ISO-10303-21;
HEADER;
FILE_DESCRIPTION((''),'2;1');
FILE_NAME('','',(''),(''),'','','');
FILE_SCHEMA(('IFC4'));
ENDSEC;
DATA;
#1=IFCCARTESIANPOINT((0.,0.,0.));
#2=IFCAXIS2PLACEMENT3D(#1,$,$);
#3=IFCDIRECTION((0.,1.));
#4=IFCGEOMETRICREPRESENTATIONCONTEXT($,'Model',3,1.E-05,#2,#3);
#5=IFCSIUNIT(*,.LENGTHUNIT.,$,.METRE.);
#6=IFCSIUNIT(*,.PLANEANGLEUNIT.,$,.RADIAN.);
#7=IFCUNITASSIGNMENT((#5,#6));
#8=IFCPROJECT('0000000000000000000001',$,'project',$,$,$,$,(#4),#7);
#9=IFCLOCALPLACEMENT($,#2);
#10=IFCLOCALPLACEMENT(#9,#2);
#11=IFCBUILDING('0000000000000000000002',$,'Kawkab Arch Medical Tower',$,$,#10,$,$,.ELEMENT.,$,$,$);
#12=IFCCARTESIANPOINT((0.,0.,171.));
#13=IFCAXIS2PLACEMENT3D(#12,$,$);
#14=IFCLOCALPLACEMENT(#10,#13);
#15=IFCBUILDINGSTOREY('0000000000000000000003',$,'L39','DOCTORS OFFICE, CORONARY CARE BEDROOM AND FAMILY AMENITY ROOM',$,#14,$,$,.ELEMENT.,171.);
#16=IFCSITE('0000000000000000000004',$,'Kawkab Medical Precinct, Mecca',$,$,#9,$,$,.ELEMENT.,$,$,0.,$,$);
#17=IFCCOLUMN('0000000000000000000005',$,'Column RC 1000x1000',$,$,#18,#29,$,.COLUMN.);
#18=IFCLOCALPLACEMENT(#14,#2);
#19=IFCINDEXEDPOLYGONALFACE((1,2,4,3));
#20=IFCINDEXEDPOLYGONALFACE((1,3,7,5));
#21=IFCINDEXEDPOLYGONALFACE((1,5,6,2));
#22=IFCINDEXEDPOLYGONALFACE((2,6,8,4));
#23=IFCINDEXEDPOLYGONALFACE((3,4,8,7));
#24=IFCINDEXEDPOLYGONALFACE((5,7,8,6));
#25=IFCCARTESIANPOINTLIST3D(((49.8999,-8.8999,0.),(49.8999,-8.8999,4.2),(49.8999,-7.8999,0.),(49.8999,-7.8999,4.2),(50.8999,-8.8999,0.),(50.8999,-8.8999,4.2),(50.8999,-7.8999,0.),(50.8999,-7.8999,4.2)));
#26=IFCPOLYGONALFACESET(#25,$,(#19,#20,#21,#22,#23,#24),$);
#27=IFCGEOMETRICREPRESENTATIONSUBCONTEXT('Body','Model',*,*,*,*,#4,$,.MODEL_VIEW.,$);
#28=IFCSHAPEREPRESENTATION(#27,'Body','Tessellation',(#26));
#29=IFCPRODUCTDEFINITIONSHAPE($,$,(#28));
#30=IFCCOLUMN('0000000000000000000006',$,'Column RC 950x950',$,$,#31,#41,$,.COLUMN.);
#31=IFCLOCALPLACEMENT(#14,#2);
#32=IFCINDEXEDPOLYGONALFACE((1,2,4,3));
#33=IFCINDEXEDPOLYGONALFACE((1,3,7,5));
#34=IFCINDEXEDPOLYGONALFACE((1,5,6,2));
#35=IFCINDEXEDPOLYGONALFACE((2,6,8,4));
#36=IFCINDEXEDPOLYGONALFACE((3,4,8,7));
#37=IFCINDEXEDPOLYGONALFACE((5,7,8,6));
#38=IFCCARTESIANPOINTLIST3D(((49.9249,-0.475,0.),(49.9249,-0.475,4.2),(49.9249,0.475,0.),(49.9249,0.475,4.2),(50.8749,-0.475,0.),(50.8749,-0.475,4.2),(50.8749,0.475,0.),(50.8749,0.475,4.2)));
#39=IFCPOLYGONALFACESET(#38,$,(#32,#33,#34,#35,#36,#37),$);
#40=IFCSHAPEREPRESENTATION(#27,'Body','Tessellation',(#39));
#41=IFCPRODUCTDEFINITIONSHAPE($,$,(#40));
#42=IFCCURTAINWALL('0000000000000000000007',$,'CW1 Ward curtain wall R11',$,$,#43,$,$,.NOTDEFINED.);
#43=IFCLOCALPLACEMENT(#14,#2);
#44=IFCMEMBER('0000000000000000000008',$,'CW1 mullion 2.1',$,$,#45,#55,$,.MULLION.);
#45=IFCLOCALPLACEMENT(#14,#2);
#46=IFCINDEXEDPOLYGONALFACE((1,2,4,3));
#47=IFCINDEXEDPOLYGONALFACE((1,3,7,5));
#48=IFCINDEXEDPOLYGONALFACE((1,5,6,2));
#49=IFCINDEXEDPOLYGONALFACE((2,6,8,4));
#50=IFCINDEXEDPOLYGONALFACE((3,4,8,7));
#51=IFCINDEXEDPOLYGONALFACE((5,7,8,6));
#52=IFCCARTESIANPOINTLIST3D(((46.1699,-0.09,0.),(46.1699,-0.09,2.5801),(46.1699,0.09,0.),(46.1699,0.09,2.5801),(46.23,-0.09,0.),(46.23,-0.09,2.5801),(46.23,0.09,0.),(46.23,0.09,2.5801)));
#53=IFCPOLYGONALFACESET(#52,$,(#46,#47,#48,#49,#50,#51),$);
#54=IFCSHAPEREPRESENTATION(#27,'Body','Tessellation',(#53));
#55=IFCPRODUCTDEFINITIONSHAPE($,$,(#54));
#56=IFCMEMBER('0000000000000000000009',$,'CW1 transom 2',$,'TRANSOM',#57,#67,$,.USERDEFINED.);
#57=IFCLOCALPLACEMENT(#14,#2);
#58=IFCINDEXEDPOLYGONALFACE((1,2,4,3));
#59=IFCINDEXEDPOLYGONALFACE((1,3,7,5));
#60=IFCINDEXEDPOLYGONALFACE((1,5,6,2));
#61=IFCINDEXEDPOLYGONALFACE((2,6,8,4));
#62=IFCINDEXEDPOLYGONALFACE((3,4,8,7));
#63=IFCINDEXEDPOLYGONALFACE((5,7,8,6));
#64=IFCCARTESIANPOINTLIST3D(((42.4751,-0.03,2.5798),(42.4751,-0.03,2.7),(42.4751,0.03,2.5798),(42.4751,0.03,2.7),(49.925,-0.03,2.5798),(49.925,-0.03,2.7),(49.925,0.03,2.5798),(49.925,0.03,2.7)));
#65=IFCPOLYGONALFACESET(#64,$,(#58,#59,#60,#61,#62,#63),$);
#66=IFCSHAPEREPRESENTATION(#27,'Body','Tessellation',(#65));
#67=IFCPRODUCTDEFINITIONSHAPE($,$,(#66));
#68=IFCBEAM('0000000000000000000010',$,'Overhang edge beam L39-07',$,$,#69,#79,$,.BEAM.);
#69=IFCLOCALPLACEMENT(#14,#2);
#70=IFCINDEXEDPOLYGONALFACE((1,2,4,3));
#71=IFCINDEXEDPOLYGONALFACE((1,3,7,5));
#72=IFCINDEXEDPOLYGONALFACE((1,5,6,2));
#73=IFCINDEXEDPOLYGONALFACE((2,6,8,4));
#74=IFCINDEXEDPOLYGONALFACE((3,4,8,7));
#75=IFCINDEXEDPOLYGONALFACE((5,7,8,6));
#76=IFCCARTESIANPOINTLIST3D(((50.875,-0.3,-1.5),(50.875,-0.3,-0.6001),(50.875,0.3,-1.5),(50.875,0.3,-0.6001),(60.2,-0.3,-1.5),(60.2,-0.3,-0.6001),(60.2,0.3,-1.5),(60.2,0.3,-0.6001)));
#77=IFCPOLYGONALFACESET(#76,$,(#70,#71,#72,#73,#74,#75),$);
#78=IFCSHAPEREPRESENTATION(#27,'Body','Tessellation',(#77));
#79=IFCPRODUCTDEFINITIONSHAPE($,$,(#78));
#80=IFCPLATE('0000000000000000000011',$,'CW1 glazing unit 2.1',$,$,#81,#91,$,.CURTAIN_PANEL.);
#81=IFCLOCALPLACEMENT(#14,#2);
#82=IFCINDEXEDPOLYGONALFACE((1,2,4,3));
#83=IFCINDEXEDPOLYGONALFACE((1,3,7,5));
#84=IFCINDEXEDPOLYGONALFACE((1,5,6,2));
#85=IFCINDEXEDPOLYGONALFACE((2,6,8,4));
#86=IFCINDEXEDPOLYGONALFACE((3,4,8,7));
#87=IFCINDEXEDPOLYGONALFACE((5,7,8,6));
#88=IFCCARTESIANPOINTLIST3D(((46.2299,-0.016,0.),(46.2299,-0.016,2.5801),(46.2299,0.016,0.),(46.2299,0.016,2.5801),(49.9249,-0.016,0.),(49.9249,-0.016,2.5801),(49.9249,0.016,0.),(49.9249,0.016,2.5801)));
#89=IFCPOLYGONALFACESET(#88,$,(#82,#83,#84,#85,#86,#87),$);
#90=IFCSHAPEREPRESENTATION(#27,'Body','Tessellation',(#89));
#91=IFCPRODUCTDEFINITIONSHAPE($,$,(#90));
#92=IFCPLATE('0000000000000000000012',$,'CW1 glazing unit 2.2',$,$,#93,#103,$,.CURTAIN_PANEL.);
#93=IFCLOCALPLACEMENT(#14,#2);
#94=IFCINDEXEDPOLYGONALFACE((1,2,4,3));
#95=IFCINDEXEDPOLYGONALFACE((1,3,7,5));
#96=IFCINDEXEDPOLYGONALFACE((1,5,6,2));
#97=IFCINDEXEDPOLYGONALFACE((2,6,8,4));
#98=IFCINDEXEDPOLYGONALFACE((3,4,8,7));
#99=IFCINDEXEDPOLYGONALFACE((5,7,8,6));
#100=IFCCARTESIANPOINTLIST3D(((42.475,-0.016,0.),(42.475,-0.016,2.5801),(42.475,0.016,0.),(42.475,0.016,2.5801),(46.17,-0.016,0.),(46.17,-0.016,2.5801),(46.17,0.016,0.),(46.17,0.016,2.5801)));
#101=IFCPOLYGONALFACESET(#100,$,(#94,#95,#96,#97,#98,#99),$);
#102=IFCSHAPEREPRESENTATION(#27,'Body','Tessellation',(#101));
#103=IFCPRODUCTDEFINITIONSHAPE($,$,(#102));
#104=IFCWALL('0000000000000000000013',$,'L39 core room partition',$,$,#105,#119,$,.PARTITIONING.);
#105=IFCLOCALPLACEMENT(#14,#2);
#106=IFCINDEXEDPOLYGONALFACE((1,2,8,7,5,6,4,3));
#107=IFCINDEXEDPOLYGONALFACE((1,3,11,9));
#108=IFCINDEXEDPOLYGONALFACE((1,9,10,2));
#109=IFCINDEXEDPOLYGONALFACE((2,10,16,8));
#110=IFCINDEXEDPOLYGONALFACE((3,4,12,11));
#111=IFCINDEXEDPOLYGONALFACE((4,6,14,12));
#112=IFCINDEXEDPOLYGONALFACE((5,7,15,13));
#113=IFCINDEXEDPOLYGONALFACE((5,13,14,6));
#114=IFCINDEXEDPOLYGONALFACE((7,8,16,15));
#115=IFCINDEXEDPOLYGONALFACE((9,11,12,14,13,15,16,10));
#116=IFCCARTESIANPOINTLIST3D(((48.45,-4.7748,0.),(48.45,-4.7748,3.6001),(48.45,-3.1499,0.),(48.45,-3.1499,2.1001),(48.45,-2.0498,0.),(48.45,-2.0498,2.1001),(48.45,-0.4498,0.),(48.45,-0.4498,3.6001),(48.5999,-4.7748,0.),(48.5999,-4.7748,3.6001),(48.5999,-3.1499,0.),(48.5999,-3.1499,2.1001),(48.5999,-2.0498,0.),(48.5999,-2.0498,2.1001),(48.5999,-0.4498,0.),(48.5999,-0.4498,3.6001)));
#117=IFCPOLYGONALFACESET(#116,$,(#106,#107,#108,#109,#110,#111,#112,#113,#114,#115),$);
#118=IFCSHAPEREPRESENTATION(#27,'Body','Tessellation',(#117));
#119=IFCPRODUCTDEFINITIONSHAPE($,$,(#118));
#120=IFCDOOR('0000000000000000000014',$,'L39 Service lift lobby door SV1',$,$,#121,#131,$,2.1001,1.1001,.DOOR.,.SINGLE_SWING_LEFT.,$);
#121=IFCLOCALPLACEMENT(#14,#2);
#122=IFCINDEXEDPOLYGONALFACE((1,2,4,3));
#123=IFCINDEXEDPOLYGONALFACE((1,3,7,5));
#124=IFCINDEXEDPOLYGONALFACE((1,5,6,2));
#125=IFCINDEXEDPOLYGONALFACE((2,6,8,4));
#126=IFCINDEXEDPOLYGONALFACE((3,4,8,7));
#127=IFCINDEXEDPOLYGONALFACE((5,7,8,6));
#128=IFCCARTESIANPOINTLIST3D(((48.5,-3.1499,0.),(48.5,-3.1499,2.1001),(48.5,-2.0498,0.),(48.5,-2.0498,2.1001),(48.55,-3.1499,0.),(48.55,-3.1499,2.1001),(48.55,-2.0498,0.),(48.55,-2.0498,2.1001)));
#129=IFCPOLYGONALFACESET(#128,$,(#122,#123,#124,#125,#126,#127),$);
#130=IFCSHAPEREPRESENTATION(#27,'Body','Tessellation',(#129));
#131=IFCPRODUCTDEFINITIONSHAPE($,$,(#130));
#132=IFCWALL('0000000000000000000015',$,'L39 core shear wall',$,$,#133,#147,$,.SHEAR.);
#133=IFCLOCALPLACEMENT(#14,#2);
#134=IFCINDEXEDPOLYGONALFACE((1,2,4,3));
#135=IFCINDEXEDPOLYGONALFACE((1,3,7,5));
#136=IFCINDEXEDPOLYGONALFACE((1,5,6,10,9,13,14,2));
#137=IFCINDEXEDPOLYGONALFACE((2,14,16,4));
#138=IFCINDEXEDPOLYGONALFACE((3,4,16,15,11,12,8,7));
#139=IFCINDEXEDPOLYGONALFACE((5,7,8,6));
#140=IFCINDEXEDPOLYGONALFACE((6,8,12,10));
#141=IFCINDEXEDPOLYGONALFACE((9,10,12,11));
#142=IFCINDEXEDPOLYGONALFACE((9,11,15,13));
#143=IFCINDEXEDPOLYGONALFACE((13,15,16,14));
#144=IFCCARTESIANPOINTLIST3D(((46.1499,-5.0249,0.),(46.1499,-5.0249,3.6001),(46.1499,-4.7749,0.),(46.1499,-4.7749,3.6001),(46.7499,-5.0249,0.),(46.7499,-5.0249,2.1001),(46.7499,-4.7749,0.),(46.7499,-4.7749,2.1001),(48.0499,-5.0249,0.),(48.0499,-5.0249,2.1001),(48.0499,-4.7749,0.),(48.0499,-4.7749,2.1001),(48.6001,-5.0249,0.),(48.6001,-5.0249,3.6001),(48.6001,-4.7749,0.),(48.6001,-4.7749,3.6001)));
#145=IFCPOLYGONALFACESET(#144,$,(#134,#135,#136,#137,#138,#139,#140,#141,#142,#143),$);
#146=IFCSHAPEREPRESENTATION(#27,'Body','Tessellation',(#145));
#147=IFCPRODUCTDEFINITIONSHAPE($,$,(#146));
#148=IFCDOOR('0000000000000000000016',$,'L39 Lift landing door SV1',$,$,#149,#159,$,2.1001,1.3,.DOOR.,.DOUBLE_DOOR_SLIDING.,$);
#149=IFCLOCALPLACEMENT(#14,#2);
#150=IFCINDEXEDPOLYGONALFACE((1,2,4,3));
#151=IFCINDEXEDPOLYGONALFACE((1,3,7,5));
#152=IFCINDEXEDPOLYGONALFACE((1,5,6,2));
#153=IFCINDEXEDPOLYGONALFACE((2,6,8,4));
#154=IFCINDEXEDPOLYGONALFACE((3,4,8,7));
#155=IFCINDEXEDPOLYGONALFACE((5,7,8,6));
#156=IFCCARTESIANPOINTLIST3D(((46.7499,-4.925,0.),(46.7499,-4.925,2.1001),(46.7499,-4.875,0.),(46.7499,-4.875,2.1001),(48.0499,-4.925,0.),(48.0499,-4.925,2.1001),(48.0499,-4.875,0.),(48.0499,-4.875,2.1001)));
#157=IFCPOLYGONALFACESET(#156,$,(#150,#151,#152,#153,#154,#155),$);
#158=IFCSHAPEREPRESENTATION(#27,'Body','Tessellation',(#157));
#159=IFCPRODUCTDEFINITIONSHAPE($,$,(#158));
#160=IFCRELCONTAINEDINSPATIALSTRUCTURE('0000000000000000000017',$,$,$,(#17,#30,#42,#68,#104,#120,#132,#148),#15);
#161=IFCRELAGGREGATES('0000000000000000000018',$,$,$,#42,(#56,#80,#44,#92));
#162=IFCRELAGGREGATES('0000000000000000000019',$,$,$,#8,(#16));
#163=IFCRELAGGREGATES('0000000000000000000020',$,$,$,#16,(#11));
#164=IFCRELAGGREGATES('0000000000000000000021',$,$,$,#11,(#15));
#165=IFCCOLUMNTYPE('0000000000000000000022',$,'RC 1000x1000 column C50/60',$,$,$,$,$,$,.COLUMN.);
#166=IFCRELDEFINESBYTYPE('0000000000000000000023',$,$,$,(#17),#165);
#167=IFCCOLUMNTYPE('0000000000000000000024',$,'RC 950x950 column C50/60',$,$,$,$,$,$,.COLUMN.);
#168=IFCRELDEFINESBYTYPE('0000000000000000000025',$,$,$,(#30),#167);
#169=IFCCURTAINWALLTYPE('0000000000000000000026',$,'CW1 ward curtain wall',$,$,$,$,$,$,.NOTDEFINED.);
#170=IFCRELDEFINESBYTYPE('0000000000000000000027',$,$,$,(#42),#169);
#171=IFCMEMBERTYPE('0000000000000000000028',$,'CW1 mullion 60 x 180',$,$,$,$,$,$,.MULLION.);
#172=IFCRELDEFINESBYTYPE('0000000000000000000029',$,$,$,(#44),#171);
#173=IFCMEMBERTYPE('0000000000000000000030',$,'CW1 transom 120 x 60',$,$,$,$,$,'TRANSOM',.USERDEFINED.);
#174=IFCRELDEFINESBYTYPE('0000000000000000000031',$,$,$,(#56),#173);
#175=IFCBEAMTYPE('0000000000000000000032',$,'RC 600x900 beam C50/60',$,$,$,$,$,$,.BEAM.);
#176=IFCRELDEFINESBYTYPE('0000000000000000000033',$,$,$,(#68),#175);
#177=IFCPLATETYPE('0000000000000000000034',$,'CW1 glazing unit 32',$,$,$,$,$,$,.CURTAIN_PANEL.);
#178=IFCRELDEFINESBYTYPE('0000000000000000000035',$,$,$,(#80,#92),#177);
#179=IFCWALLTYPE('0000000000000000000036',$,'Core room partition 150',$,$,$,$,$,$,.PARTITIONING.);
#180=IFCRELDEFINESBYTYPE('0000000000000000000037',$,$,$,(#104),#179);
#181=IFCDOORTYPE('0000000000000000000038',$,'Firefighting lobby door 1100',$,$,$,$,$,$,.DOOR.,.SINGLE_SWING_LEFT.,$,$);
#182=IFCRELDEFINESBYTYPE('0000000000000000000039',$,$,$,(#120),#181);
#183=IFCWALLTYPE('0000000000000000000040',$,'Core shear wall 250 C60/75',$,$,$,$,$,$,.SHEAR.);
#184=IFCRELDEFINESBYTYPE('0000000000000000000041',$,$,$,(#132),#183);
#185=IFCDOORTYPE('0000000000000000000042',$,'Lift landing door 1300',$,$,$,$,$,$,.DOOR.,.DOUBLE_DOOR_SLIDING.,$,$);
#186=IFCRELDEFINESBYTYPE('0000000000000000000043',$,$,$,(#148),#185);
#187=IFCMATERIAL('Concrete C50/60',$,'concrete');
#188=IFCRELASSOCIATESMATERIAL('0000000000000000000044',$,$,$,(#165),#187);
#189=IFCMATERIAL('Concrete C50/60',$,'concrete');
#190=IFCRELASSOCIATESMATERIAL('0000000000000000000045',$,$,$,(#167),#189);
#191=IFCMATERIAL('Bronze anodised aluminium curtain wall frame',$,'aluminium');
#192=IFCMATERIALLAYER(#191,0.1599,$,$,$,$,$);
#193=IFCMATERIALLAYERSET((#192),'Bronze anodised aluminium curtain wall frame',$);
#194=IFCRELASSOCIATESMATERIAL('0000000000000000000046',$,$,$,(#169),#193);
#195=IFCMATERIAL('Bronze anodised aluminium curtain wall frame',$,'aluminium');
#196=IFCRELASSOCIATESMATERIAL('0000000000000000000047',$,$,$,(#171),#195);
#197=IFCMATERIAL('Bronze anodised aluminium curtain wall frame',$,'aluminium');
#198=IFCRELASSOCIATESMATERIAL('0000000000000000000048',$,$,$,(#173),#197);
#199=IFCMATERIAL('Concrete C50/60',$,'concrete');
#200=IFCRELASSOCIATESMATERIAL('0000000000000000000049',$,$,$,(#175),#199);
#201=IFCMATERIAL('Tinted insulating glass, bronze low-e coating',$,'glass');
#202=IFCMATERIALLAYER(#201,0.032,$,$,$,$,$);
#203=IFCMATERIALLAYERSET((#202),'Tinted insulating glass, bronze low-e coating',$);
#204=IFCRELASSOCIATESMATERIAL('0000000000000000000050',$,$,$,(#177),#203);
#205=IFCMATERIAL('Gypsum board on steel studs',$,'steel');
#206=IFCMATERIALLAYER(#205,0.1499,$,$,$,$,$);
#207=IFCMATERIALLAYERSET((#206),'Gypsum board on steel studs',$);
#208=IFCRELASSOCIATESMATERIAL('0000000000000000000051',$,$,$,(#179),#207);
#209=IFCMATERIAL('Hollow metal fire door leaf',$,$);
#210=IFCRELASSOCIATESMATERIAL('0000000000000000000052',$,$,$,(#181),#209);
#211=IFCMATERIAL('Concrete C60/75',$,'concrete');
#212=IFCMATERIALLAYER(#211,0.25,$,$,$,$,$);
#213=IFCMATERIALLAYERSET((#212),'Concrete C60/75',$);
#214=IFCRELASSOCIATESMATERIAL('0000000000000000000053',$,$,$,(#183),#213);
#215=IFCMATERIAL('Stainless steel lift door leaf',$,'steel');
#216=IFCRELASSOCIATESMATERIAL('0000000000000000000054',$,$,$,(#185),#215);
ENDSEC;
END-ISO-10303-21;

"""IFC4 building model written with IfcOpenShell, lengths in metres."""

from ifc_helpers import new_model, si_unit, direction, frame, frame_2d, origin, origin_2d, place, context, subcontext, project, spatial, rectangle, extrude, material, layer, layer_set, material_profile, profile_set, type_object, element, fill, aggregate, save


model = new_model("IFC4")

# Units and contexts
model_context = context("Model", 3, precision=1e-05, world=origin(), true_north=direction((0.0, 1.0)))
body_context = subcontext(model_context, "Body", "Model", "MODEL_VIEW")
ifc_project = project(units=[si_unit("LENGTHUNIT", "METRE"), si_unit("PLANEANGLEUNIT", "RADIAN")], contexts=[model_context])

# Site, building, storey
site_placement = place(None, origin())
site = spatial("IfcSite", under=ifc_project, at=site_placement, Name="Kawkab Medical Precinct, Mecca", CompositionType="ELEMENT", RefElevation=0.0)
building_placement = place(site_placement, origin())
building = spatial("IfcBuilding", under=site, at=building_placement, Name="Kawkab Arch Medical Tower", CompositionType="ELEMENT")
storey_placement = place(building_placement, frame((0.0, 0.0, 171.0)))
storey = spatial("IfcBuildingStorey", under=building, at=storey_placement, Name="L39", Description="DOCTORS OFFICE, CORONARY CARE BEDROOM AND FAMILY AMENITY ROOM", CompositionType="ELEMENT", Elevation=171.0)

# Columns
ifc_material_1 = material(Name="Concrete C50/60", Category="concrete")
ifc_material_profile_1 = material_profile(ifc_material_1, rectangle(XDim=1.0, YDim=1.0, at=origin_2d()), Name="RC 1000x1000")
ifc_profile_set_1 = profile_set([ifc_material_profile_1], Name="Concrete C50/60")
column_type_1 = type_object("IfcColumnType", Name="RC 1000x1000 column C50/60", PredefinedType="COLUMN", material=ifc_profile_set_1)
column_1_placement = place(storey_placement, frame((50.3999, -8.3999, 0.0), z_axis=(0.0, 0.0, 1.0), x_axis=(1.0, 0.0, 0.0)))
element("IfcColumn", 1, at=column_1_placement, inside=storey, type_object=column_type_1, Name="Column RC 1000x1000", PredefinedType="COLUMN", context=body_context, shape_type="SweptSolid", body=[
    extrude(rectangle(XDim=1.0, YDim=1.0, at=origin_2d()), origin(), (0.0, 0.0, 1.0), 4.2),
])
ifc_material_2 = material(Name="Concrete C50/60", Category="concrete")
ifc_material_profile_2 = material_profile(ifc_material_2, rectangle(XDim=0.95, YDim=0.95, at=origin_2d()), Name="RC 950x950")
ifc_profile_set_2 = profile_set([ifc_material_profile_2], Name="Concrete C50/60")
column_type_2 = type_object("IfcColumnType", Name="RC 950x950 column C50/60", PredefinedType="COLUMN", material=ifc_profile_set_2)
column_2_placement = place(storey_placement, frame((50.3999, 0.0, 0.0), z_axis=(0.0, 0.0, 1.0), x_axis=(1.0, 0.0, 0.0)))
element("IfcColumn", 2, at=column_2_placement, inside=storey, type_object=column_type_2, Name="Column RC 950x950", PredefinedType="COLUMN", context=body_context, shape_type="SweptSolid", body=[
    extrude(rectangle(XDim=0.95, YDim=0.95, at=origin_2d()), origin(), (0.0, 0.0, 1.0), 4.2),
])

# Curtain wall, members
ifc_material_3 = material(Name="Bronze anodised aluminium curtain wall frame", Category="aluminium")
ifc_layer_1 = layer(ifc_material_3, 0.1599)
ifc_layer_set_1 = layer_set([ifc_layer_1], Name="Bronze anodised aluminium curtain wall frame")
curtain_wall_type = type_object("IfcCurtainWallType", Name="CW1 ward curtain wall", PredefinedType="NOTDEFINED", material=ifc_layer_set_1)
placement = place(storey_placement, origin())
curtain_wall = element("IfcCurtainWall", 3, at=placement, inside=storey, type_object=curtain_wall_type, Name="CW1 Ward curtain wall R11", PredefinedType="NOTDEFINED")
ifc_material_4 = material(Name="Bronze anodised aluminium curtain wall frame", Category="aluminium")
ifc_material_profile_3 = material_profile(ifc_material_4, rectangle(XDim=0.1799, YDim=0.0601, at=origin_2d()), Name="AL 60x180")
ifc_profile_set_3 = profile_set([ifc_material_profile_3], Name="Bronze anodised aluminium curtain wall frame")
member_type_1 = type_object("IfcMemberType", Name="CW1 mullion 60 x 180", PredefinedType="MULLION", material=ifc_profile_set_3)
member_1_placement = place(storey_placement, frame((46.2, 0.0, 0.0), z_axis=(0.0, 0.0, 1.0), x_axis=(0.0, -1.0, 0.0)))
member_1 = element("IfcMember", 4, at=member_1_placement, type_object=member_type_1, Name="CW1 mullion 2.1", PredefinedType="MULLION", context=body_context, shape_type="SweptSolid", body=[
    extrude(rectangle(XDim=0.1799, YDim=0.0601, at=origin_2d()), origin(), (0.0, 0.0, 1.0), 2.5801),
])
ifc_material_5 = material(Name="Bronze anodised aluminium curtain wall frame", Category="aluminium")
ifc_material_profile_4 = material_profile(ifc_material_5, rectangle(XDim=0.0601, YDim=0.1201, at=origin_2d()), Name="AL 60x120")
ifc_profile_set_4 = profile_set([ifc_material_profile_4], Name="Bronze anodised aluminium curtain wall frame")
member_type_2 = type_object("IfcMemberType", Name="CW1 transom 120 x 60", ElementType="TRANSOM", PredefinedType="USERDEFINED", material=ifc_profile_set_4)
member_2_placement = place(storey_placement, frame((49.925, 0.0, 2.6399), z_axis=(-1.0, 0.0, 0.0), x_axis=(0.0, -1.0, 0.0)))
member_2 = element("IfcMember", 5, at=member_2_placement, type_object=member_type_2, Name="CW1 transom 2", ObjectType="TRANSOM", PredefinedType="USERDEFINED", context=body_context, shape_type="SweptSolid", body=[
    extrude(rectangle(XDim=0.0601, YDim=0.1201, at=origin_2d()), origin(), (0.0, 0.0, 1.0), 7.45),
])

# Beam
ifc_material_6 = material(Name="Concrete C50/60", Category="concrete")
ifc_material_profile_5 = material_profile(ifc_material_6, rectangle(XDim=0.6001, YDim=0.8999, at=origin_2d()), Name="RC 600x900")
ifc_profile_set_5 = profile_set([ifc_material_profile_5], Name="Concrete C50/60")
beam_type = type_object("IfcBeamType", Name="RC 600x900 beam C50/60", PredefinedType="BEAM", material=ifc_profile_set_5)
beam_placement = place(storey_placement, frame((50.875, 0.0, -1.05), z_axis=(1.0, 0.0, 0.0), x_axis=(0.0, 1.0, 0.0)))
element("IfcBeam", 6, at=beam_placement, inside=storey, type_object=beam_type, Name="Overhang edge beam L39-07", PredefinedType="BEAM", context=body_context, shape_type="SweptSolid", body=[
    extrude(rectangle(XDim=0.6001, YDim=0.8999, at=origin_2d()), origin(), (0.0, 0.0, 1.0), 9.325),
])

# Plates
ifc_material_7 = material(Name="Tinted insulating glass, bronze low-e coating", Category="glass")
ifc_layer_2 = layer(ifc_material_7, 0.032)
ifc_layer_set_2 = layer_set([ifc_layer_2], Name="Tinted insulating glass, bronze low-e coating")
plate_type = type_object("IfcPlateType", Name="CW1 glazing unit 32", PredefinedType="CURTAIN_PANEL", material=ifc_layer_set_2)
plate_1_placement = place(storey_placement, frame((48.0774, 0.0, 0.0), z_axis=(0.0, 0.0, 1.0), x_axis=(-1.0, 0.0, 0.0)))
plate_1 = element("IfcPlate", 7, at=plate_1_placement, type_object=plate_type, Name="CW1 glazing unit 2.1", PredefinedType="CURTAIN_PANEL", context=body_context, shape_type="SweptSolid", body=[
    extrude(rectangle(XDim=3.6951, YDim=0.032, at=origin_2d()), origin(), (0.0, 0.0, 1.0), 2.5801),
])
plate_2_placement = place(storey_placement, frame((44.3225, 0.0, 0.0), z_axis=(0.0, 0.0, 1.0), x_axis=(-1.0, 0.0, 0.0)))
plate_2 = element("IfcPlate", 8, at=plate_2_placement, type_object=plate_type, Name="CW1 glazing unit 2.2", PredefinedType="CURTAIN_PANEL", context=body_context, shape_type="SweptSolid", body=[
    extrude(rectangle(XDim=3.6951, YDim=0.032, at=origin_2d()), origin(), (0.0, 0.0, 1.0), 2.5801),
])
aggregate(curtain_wall, [member_2, plate_1, member_1, plate_2])

# Walls, openings, doors
ifc_material_8 = material(Name="Gypsum board on steel studs", Category="steel")
ifc_layer_3 = layer(ifc_material_8, 0.1499)
ifc_layer_set_3 = layer_set([ifc_layer_3], Name="Gypsum board on steel studs")
wall_type_1 = type_object("IfcWallType", Name="Core room partition 150", PredefinedType="PARTITIONING", material=ifc_layer_set_3)
wall_1_placement = place(storey_placement, frame((48.5249, -4.7749, 0.0), z_axis=(0.0, 0.0, 1.0), x_axis=(0.0, 1.0, 0.0)))
wall_1 = element("IfcWall", 9, at=wall_1_placement, inside=storey, type_object=wall_type_1, Name="L39 core room partition", PredefinedType="PARTITIONING", context=body_context, shape_type="SweptSolid", body=[
    extrude(rectangle(XDim=4.325, YDim=0.1499, at=frame_2d((2.1626, 0.0))), origin(), (0.0, 0.0, 1.0), 3.6001),
])
opening_1_placement = place(wall_1_placement, frame((1.625, 0.0, 0.0)))
opening_1 = element("IfcOpeningElement", 10, at=opening_1_placement, cuts=wall_1, PredefinedType="OPENING", context=body_context, shape_type="SweptSolid", body=[
    extrude(rectangle(XDim=1.1001, YDim=2.1001, at=frame_2d((0.55, 1.05))), frame((0.0, 0.085, 0.0), z_axis=(0.0, -1.0, 0.0), x_axis=(1.0, 0.0, 0.0)), (0.0, 0.0, 1.0), 0.1699),
])
ifc_material_9 = material(Name="Hollow metal fire door leaf")
door_type_1 = type_object("IfcDoorType", Name="Firefighting lobby door 1100", OperationType="SINGLE_SWING_LEFT", PredefinedType="DOOR", material=ifc_material_9)
door_1_placement = place(opening_1_placement, origin())
door_1 = element("IfcDoor", 11, at=door_1_placement, inside=storey, type_object=door_type_1, Name="L39 Service lift lobby door SV1", OperationType="SINGLE_SWING_LEFT", OverallHeight=2.1001, OverallWidth=1.1001, PredefinedType="DOOR", context=body_context, shape_type="SweptSolid", body=[
    extrude(rectangle(XDim=1.1001, YDim=2.1001, at=frame_2d((0.55, 1.05))), frame((0.0, 0.0249, 0.0), z_axis=(0.0, -1.0, 0.0), x_axis=(1.0, 0.0, 0.0)), (0.0, 0.0, 1.0), 0.05),
])
fill(opening_1, door_1)
ifc_material_10 = material(Name="Concrete C60/75", Category="concrete")
ifc_layer_4 = layer(ifc_material_10, 0.25)
ifc_layer_set_4 = layer_set([ifc_layer_4], Name="Concrete C60/75")
wall_type_2 = type_object("IfcWallType", Name="Core shear wall 250 C60/75", PredefinedType="SHEAR", material=ifc_layer_set_4)
wall_2_placement = place(storey_placement, frame((46.1499, -4.8999, 0.0), z_axis=(0.0, 0.0, 1.0), x_axis=(1.0, 0.0, 0.0)))
wall_2 = element("IfcWall", 12, at=wall_2_placement, inside=storey, type_object=wall_type_2, Name="L39 core shear wall", PredefinedType="SHEAR", context=body_context, shape_type="SweptSolid", body=[
    extrude(rectangle(XDim=2.4502, YDim=0.25, at=frame_2d((1.2251, 0.0))), origin(), (0.0, 0.0, 1.0), 3.6001),
])
opening_2_placement = place(wall_2_placement, frame((0.6001, 0.0, 0.0)))
opening_2 = element("IfcOpeningElement", 13, at=opening_2_placement, cuts=wall_2, PredefinedType="OPENING", context=body_context, shape_type="SweptSolid", body=[
    extrude(rectangle(XDim=1.3, YDim=2.1001, at=frame_2d((0.6499, 1.05))), frame((0.0, 0.135, 0.0), z_axis=(0.0, -1.0, 0.0), x_axis=(1.0, 0.0, 0.0)), (0.0, 0.0, 1.0), 0.27),
])
ifc_material_11 = material(Name="Stainless steel lift door leaf", Category="steel")
door_type_2 = type_object("IfcDoorType", Name="Lift landing door 1300", OperationType="DOUBLE_DOOR_SLIDING", PredefinedType="DOOR", material=ifc_material_11)
door_2_placement = place(opening_2_placement, origin())
door_2 = element("IfcDoor", 14, at=door_2_placement, inside=storey, type_object=door_type_2, Name="L39 Lift landing door SV1", OperationType="DOUBLE_DOOR_SLIDING", OverallHeight=2.1001, OverallWidth=1.3, PredefinedType="DOOR", context=body_context, shape_type="SweptSolid", body=[
    extrude(rectangle(XDim=1.3, YDim=2.1001, at=frame_2d((0.6499, 1.05))), frame((0.0, 0.0249, 0.0), z_axis=(0.0, -1.0, 0.0), x_axis=(1.0, 0.0, 0.0)), (0.0, 0.0, 1.0), 0.05),
])
fill(opening_2, door_2)

save(model, "model.ifc")
